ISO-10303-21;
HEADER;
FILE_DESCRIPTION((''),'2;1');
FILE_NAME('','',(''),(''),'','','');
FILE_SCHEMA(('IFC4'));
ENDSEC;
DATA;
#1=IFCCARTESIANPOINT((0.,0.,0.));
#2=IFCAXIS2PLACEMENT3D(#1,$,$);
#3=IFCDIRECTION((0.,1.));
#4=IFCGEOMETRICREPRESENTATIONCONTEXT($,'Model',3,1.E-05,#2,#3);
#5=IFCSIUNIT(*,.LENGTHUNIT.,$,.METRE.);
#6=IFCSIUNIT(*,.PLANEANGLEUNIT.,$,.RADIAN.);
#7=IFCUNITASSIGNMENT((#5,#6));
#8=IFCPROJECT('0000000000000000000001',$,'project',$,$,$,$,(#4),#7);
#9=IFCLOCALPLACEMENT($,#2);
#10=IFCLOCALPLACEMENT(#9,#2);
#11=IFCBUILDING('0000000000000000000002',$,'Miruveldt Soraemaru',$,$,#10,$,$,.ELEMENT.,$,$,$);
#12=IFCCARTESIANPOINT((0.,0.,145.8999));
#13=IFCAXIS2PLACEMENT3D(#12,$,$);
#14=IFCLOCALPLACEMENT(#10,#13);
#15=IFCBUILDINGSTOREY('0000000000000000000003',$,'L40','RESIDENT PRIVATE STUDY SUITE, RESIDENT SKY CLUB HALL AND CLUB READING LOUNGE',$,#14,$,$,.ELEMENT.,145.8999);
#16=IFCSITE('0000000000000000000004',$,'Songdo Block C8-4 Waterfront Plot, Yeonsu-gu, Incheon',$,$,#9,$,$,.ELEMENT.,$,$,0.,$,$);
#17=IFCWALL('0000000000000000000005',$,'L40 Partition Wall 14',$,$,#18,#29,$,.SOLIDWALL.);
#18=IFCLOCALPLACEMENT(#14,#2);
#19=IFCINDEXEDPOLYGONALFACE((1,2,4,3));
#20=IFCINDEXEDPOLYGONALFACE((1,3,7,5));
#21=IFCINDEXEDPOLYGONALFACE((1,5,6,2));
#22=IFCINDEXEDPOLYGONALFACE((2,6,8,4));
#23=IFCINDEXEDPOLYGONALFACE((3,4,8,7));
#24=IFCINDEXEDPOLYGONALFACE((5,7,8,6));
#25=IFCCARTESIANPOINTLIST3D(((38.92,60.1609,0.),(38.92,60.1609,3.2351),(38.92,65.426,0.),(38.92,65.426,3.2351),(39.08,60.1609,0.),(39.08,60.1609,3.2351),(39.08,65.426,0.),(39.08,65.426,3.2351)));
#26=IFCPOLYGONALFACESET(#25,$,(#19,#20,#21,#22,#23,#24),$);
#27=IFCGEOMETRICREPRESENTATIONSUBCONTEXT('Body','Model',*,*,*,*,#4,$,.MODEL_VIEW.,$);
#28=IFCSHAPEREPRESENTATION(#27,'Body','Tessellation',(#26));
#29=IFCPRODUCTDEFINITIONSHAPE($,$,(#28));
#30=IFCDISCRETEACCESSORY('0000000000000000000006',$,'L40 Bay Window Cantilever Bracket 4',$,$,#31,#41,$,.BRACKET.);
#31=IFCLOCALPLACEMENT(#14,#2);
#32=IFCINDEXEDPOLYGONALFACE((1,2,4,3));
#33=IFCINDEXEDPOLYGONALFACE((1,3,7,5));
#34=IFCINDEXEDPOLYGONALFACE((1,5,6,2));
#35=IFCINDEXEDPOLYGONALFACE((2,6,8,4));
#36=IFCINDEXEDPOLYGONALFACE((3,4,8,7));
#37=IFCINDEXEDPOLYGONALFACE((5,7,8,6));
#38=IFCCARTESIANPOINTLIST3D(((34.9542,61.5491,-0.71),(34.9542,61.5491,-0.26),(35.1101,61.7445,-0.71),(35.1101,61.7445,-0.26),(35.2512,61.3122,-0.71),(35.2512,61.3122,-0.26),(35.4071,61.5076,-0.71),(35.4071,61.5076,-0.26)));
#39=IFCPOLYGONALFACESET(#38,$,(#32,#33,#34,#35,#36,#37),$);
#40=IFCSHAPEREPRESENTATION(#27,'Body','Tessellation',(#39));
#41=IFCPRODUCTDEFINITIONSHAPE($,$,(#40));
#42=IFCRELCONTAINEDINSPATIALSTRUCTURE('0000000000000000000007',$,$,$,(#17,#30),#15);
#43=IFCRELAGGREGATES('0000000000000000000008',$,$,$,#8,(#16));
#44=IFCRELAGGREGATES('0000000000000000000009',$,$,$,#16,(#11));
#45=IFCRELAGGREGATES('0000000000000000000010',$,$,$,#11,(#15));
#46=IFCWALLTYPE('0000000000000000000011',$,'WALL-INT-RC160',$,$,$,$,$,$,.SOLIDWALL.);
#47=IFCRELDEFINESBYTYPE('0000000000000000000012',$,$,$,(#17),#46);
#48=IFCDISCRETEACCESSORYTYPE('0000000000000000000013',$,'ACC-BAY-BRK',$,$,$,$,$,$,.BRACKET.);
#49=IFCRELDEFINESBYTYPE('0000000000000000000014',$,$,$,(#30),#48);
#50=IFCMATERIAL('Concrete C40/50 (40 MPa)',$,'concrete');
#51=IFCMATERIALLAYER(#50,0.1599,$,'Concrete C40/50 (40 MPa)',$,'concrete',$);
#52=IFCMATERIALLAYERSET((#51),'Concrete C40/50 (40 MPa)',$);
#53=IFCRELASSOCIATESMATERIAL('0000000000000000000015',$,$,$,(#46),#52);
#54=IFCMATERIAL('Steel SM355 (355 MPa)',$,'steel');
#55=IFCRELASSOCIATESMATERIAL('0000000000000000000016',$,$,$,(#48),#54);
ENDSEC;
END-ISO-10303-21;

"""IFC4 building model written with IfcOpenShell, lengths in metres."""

from ifc_helpers import new_model, si_unit, direction, frame, frame_2d, origin, origin_2d, place, context, subcontext, project, spatial, rectangle, extrude, material, layer, layer_set, type_object, element, save


model = new_model("IFC4")

# Units and contexts
model_context = context("Model", 3, precision=1e-05, world=origin(), true_north=direction((0.0, 1.0)))
body_context = subcontext(model_context, "Body", "Model", "MODEL_VIEW")
ifc_project = project(units=[si_unit("LENGTHUNIT", "METRE"), si_unit("PLANEANGLEUNIT", "RADIAN")], contexts=[model_context])

# Site, building, storey
site_placement = place(None, origin())
site = spatial("IfcSite", under=ifc_project, at=site_placement, Name="Songdo Block C8-4 Waterfront Plot, Yeonsu-gu, Incheon", CompositionType="ELEMENT", RefElevation=0.0)
building_placement = place(site_placement, origin())
building = spatial("IfcBuilding", under=site, at=building_placement, Name="Miruveldt Soraemaru", CompositionType="ELEMENT")
storey_placement = place(building_placement, frame((0.0, 0.0, 145.8999)))
storey = spatial("IfcBuildingStorey", under=building, at=storey_placement, Name="L40", Description="RESIDENT PRIVATE STUDY SUITE, RESIDENT SKY CLUB HALL AND CLUB READING LOUNGE", CompositionType="ELEMENT", Elevation=145.8999)

# Wall
ifc_material_1 = material(Name="Concrete C40/50 (40 MPa)", Category="concrete")
ifc_layer_1 = layer(ifc_material_1, 0.1599, Name="Concrete C40/50 (40 MPa)", Category="concrete")
ifc_layer_set_1 = layer_set([ifc_layer_1], Name="Concrete C40/50 (40 MPa)")
wall_type_1 = type_object("IfcWallType", Name="WALL-INT-RC160", PredefinedType="SOLIDWALL", material=ifc_layer_set_1)
wall_1_placement = place(storey_placement, frame((39.0, 60.1609, 0.0), z_axis=(0.0, 0.0, 1.0), x_axis=(0.0, 1.0, 0.0)))
element("IfcWall", 1, at=wall_1_placement, inside=storey, type_object=wall_type_1, Name="L40 Partition Wall 14", PredefinedType="SOLIDWALL", context=body_context, shape_type="SweptSolid", body=[
    extrude(rectangle(XDim=5.2651, YDim=0.1599, at=frame_2d((2.6326, 0.0))), origin(), (0.0, 0.0, 1.0), 3.2351),
])

# Discrete accessory
ifc_material_2 = material(Name="Steel SM355 (355 MPa)", Category="steel")
discrete_accessory_type = type_object("IfcDiscreteAccessoryType", Name="ACC-BAY-BRK", PredefinedType="BRACKET", material=ifc_material_2)
discrete_accessory_placement = place(storey_placement, frame((35.1807, 61.5283, -0.71), z_axis=(0.0, 0.0, 1.0), x_axis=(-0.781738, 0.623607, 0.0)))
element("IfcDiscreteAccessory", 2, at=discrete_accessory_placement, inside=storey, type_object=discrete_accessory_type, Name="L40 Bay Window Cantilever Bracket 4", PredefinedType="BRACKET", context=body_context, shape_type="SweptSolid", body=[
    extrude(rectangle(XDim=0.3799, YDim=0.25, at=origin_2d()), origin(), (0.0, 0.0, 1.0), 0.45),
])

save(model, "model.ifc")
